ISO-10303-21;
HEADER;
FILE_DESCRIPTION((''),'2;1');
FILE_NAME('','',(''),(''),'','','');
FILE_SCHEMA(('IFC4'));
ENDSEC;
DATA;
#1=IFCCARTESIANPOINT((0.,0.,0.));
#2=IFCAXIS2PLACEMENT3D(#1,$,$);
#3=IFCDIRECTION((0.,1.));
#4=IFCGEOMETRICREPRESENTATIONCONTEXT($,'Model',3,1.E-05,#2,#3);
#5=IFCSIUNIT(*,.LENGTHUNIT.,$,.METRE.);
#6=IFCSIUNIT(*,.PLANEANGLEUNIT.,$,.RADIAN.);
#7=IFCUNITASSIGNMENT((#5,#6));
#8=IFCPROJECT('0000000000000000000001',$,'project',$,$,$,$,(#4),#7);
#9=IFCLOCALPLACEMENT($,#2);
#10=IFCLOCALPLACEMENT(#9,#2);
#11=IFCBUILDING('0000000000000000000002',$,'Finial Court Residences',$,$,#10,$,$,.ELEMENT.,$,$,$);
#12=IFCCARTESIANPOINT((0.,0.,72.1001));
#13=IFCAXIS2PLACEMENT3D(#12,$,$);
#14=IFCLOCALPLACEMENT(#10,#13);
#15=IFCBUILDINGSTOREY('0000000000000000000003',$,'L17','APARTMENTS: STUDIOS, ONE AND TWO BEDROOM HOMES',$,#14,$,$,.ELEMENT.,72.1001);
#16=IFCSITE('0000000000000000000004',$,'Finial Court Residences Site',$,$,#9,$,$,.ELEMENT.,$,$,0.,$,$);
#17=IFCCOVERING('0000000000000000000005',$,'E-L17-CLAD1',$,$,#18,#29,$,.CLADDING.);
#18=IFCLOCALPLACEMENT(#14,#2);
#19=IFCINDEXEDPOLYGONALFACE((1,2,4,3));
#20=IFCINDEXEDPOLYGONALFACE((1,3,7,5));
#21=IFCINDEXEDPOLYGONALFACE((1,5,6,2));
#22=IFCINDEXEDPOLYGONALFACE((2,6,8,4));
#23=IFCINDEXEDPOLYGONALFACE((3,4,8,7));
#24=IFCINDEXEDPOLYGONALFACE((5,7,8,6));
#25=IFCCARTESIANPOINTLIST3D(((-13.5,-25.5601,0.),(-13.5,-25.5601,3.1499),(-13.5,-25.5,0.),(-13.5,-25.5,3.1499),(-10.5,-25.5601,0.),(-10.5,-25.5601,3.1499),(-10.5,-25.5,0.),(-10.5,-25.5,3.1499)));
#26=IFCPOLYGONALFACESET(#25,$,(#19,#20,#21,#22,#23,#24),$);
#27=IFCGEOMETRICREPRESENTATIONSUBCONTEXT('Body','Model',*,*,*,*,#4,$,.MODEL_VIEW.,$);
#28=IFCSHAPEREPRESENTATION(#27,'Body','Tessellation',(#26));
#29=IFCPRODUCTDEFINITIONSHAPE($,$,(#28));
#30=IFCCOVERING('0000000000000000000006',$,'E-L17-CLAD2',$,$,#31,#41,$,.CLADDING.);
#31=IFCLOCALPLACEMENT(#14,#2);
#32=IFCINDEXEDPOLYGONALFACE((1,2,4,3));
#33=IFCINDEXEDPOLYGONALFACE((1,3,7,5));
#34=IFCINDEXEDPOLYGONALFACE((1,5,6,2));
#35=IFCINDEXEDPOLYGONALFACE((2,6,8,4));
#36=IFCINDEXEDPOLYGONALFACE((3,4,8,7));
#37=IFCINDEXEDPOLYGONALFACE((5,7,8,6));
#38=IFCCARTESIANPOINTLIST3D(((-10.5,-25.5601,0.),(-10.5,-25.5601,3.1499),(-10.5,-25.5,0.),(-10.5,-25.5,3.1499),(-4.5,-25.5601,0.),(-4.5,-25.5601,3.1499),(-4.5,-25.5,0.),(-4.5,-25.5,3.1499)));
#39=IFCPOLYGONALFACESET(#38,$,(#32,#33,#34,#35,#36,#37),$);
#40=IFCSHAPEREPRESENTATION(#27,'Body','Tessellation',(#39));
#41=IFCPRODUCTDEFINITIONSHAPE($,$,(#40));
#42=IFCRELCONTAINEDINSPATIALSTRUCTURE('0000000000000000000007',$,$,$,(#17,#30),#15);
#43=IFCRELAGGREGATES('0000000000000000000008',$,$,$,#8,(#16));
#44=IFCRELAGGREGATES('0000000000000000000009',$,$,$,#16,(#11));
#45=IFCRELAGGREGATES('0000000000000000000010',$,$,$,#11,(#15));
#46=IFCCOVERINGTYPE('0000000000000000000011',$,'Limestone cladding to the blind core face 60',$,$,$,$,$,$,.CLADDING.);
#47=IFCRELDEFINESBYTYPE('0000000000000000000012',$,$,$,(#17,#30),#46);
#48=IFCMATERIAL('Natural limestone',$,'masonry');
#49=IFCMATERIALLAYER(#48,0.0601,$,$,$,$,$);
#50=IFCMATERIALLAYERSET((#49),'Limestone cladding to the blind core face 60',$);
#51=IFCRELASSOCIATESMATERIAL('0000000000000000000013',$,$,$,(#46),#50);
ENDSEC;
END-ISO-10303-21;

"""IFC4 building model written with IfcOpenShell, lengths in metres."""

from ifc_helpers import new_model, si_unit, direction, frame, origin, place, context, subcontext, project, spatial, polyline, outline, extrude, material, layer, layer_set, type_object, element, save


model = new_model("IFC4")

# Units and contexts
model_context = context("Model", 3, precision=1e-05, world=origin(), true_north=direction((0.0, 1.0)))
body_context = subcontext(model_context, "Body", "Model", "MODEL_VIEW")
ifc_project = project(units=[si_unit("LENGTHUNIT", "METRE"), si_unit("PLANEANGLEUNIT", "RADIAN")], contexts=[model_context])

# Site, building, storey
site_placement = place(None, origin())
site = spatial("IfcSite", under=ifc_project, at=site_placement, Name="Finial Court Residences Site", CompositionType="ELEMENT", RefElevation=0.0)
building_placement = place(site_placement, origin())
building = spatial("IfcBuilding", under=site, at=building_placement, Name="Finial Court Residences", CompositionType="ELEMENT")
storey_placement = place(building_placement, frame((0.0, 0.0, 72.1001)))
storey = spatial("IfcBuildingStorey", under=building, at=storey_placement, Name="L17", Description="APARTMENTS: STUDIOS, ONE AND TWO BEDROOM HOMES", CompositionType="ELEMENT", Elevation=72.1001)

# Coverings
ifc_material_1 = material(Name="Natural limestone", Category="masonry")
ifc_layer_1 = layer(ifc_material_1, 0.0601)
ifc_layer_set_1 = layer_set([ifc_layer_1], Name="Limestone cladding to the blind core face 60")
covering_type = type_object("IfcCoveringType", Name="Limestone cladding to the blind core face 60", PredefinedType="CLADDING", material=ifc_layer_set_1)
covering_1_placement = place(storey_placement, origin())
element("IfcCovering", 1, at=covering_1_placement, inside=storey, type_object=covering_type, Name="E-L17-CLAD1", PredefinedType="CLADDING", context=body_context, shape_type="SweptSolid", body=[
    extrude(outline(polyline([(-10.5, -25.5601), (-10.5, -25.5), (-13.5, -25.5), (-13.5, -25.5601), (-10.5, -25.5601)])), origin(), (0.0, 0.0, 1.0), 3.1499),
])
covering_2_placement = place(storey_placement, origin())
element("IfcCovering", 2, at=covering_2_placement, inside=storey, type_object=covering_type, Name="E-L17-CLAD2", PredefinedType="CLADDING", context=body_context, shape_type="SweptSolid", body=[
    extrude(outline(polyline([(-4.5, -25.5601), (-4.5, -25.5), (-10.5, -25.5), (-10.5, -25.5601), (-4.5, -25.5601)])), origin(), (0.0, 0.0, 1.0), 3.1499),
])

save(model, "model.ifc")
